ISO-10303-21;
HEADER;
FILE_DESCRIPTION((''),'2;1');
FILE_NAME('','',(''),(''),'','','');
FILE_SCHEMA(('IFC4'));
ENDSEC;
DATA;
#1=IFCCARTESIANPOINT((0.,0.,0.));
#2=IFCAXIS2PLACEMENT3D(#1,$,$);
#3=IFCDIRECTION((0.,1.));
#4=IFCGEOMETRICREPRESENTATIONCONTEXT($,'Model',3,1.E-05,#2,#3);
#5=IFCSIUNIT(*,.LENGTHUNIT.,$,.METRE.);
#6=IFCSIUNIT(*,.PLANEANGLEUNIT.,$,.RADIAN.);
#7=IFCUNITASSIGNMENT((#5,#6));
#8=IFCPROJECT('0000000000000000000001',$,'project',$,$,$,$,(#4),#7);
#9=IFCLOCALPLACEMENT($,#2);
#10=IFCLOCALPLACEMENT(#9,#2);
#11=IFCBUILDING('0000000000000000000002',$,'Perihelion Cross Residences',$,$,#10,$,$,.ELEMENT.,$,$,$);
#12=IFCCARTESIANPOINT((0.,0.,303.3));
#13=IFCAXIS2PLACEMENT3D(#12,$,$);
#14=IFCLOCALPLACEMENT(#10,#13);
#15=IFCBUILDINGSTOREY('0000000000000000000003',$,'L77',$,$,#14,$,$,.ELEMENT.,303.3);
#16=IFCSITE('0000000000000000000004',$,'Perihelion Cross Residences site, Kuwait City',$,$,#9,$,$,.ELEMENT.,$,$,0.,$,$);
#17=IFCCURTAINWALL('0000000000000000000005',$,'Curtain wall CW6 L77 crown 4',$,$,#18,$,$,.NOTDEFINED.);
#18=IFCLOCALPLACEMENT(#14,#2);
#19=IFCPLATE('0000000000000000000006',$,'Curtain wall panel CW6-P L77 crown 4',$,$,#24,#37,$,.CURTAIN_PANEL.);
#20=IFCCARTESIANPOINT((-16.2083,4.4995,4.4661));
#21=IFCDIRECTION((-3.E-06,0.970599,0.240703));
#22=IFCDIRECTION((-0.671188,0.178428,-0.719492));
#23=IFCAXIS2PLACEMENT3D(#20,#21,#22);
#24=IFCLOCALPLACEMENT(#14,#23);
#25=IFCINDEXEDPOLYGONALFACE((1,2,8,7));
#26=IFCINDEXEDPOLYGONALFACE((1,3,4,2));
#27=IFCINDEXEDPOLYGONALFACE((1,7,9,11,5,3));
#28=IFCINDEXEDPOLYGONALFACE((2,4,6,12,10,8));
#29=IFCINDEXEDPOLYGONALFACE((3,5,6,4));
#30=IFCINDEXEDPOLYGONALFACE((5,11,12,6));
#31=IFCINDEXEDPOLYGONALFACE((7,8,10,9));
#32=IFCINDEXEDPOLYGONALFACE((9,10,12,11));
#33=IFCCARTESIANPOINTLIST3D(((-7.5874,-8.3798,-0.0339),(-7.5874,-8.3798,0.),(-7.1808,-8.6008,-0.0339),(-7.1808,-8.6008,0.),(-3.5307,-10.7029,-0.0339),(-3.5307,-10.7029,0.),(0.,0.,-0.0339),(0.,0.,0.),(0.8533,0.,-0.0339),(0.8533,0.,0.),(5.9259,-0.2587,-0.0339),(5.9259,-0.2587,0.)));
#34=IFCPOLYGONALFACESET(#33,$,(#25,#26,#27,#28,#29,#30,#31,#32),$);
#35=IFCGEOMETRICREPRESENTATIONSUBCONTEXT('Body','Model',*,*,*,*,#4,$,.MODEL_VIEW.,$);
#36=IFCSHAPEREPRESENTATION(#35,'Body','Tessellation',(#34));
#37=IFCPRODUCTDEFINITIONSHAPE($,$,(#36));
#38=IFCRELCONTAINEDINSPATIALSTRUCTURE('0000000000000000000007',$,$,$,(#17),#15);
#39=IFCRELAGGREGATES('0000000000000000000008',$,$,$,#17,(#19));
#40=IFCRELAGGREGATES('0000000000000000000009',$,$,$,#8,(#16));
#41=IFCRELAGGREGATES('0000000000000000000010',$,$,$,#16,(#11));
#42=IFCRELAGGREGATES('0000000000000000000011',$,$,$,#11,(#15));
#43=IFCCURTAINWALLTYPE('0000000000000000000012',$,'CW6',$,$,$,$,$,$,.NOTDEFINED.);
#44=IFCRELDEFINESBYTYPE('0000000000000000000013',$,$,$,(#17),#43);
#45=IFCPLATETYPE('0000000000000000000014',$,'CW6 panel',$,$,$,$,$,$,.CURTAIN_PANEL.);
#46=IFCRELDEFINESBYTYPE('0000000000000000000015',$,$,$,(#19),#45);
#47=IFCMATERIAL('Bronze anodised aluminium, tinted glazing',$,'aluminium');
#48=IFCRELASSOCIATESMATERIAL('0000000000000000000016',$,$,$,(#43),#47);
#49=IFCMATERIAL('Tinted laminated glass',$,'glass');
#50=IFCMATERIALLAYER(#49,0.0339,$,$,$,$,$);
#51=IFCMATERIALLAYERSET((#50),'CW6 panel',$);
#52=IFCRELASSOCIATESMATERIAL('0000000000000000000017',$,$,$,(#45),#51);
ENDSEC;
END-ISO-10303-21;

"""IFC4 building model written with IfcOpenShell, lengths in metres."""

from ifc_helpers import new_model, si_unit, direction, frame, origin, place, context, subcontext, project, spatial, polyline, outline, extrude, material, layer, layer_set, type_object, element, aggregate, save


model = new_model("IFC4")

# Units and contexts
model_context = context("Model", 3, precision=1e-05, world=origin(), true_north=direction((0.0, 1.0)))
body_context = subcontext(model_context, "Body", "Model", "MODEL_VIEW")
ifc_project = project(units=[si_unit("LENGTHUNIT", "METRE"), si_unit("PLANEANGLEUNIT", "RADIAN")], contexts=[model_context])

# Site, building, storey
site_placement = place(None, origin())
site = spatial("IfcSite", under=ifc_project, at=site_placement, Name="Perihelion Cross Residences site, Kuwait City", CompositionType="ELEMENT", RefElevation=0.0)
building_placement = place(site_placement, origin())
building = spatial("IfcBuilding", under=site, at=building_placement, Name="Perihelion Cross Residences", CompositionType="ELEMENT")
storey_placement = place(building_placement, frame((0.0, 0.0, 303.3)))
storey = spatial("IfcBuildingStorey", under=building, at=storey_placement, Name="L77", CompositionType="ELEMENT", Elevation=303.3)

# Curtain wall
ifc_material_1 = material(Name="Bronze anodised aluminium, tinted glazing", Category="aluminium")
curtain_wall_type = type_object("IfcCurtainWallType", Name="CW6", PredefinedType="NOTDEFINED", material=ifc_material_1)
curtain_wall_1_placement = place(storey_placement, origin())
curtain_wall_1 = element("IfcCurtainWall", 1, at=curtain_wall_1_placement, inside=storey, type_object=curtain_wall_type, Name="Curtain wall CW6 L77 crown 4", PredefinedType="NOTDEFINED")

# Plate
ifc_material_2 = material(Name="Tinted laminated glass", Category="glass")
ifc_layer_1 = layer(ifc_material_2, 0.0339)
ifc_layer_set_1 = layer_set([ifc_layer_1], Name="CW6 panel")
plate_type = type_object("IfcPlateType", Name="CW6 panel", PredefinedType="CURTAIN_PANEL", material=ifc_layer_set_1)
plate_1_placement = place(storey_placement, frame((-16.2083, 4.4995, 4.4661), z_axis=(-0.000003, 0.970599, 0.240703), x_axis=(-0.671188, 0.178428, -0.719492)))
plate_1 = element("IfcPlate", 2, at=plate_1_placement, type_object=plate_type, Name="Curtain wall panel CW6-P L77 crown 4", PredefinedType="CURTAIN_PANEL", context=body_context, shape_type="SweptSolid", body=[
    extrude(outline(polyline([(0.0, 0.0), (0.8533, 0.0), (5.9259, -0.2587), (-3.5307, -10.7029), (-7.1808, -8.6008), (-7.5874, -8.3798), (0.0, 0.0)])), origin(), (0.0, 0.0, -1.0), 0.0339),
])
aggregate(curtain_wall_1, [plate_1])

save(model, "model.ifc")
